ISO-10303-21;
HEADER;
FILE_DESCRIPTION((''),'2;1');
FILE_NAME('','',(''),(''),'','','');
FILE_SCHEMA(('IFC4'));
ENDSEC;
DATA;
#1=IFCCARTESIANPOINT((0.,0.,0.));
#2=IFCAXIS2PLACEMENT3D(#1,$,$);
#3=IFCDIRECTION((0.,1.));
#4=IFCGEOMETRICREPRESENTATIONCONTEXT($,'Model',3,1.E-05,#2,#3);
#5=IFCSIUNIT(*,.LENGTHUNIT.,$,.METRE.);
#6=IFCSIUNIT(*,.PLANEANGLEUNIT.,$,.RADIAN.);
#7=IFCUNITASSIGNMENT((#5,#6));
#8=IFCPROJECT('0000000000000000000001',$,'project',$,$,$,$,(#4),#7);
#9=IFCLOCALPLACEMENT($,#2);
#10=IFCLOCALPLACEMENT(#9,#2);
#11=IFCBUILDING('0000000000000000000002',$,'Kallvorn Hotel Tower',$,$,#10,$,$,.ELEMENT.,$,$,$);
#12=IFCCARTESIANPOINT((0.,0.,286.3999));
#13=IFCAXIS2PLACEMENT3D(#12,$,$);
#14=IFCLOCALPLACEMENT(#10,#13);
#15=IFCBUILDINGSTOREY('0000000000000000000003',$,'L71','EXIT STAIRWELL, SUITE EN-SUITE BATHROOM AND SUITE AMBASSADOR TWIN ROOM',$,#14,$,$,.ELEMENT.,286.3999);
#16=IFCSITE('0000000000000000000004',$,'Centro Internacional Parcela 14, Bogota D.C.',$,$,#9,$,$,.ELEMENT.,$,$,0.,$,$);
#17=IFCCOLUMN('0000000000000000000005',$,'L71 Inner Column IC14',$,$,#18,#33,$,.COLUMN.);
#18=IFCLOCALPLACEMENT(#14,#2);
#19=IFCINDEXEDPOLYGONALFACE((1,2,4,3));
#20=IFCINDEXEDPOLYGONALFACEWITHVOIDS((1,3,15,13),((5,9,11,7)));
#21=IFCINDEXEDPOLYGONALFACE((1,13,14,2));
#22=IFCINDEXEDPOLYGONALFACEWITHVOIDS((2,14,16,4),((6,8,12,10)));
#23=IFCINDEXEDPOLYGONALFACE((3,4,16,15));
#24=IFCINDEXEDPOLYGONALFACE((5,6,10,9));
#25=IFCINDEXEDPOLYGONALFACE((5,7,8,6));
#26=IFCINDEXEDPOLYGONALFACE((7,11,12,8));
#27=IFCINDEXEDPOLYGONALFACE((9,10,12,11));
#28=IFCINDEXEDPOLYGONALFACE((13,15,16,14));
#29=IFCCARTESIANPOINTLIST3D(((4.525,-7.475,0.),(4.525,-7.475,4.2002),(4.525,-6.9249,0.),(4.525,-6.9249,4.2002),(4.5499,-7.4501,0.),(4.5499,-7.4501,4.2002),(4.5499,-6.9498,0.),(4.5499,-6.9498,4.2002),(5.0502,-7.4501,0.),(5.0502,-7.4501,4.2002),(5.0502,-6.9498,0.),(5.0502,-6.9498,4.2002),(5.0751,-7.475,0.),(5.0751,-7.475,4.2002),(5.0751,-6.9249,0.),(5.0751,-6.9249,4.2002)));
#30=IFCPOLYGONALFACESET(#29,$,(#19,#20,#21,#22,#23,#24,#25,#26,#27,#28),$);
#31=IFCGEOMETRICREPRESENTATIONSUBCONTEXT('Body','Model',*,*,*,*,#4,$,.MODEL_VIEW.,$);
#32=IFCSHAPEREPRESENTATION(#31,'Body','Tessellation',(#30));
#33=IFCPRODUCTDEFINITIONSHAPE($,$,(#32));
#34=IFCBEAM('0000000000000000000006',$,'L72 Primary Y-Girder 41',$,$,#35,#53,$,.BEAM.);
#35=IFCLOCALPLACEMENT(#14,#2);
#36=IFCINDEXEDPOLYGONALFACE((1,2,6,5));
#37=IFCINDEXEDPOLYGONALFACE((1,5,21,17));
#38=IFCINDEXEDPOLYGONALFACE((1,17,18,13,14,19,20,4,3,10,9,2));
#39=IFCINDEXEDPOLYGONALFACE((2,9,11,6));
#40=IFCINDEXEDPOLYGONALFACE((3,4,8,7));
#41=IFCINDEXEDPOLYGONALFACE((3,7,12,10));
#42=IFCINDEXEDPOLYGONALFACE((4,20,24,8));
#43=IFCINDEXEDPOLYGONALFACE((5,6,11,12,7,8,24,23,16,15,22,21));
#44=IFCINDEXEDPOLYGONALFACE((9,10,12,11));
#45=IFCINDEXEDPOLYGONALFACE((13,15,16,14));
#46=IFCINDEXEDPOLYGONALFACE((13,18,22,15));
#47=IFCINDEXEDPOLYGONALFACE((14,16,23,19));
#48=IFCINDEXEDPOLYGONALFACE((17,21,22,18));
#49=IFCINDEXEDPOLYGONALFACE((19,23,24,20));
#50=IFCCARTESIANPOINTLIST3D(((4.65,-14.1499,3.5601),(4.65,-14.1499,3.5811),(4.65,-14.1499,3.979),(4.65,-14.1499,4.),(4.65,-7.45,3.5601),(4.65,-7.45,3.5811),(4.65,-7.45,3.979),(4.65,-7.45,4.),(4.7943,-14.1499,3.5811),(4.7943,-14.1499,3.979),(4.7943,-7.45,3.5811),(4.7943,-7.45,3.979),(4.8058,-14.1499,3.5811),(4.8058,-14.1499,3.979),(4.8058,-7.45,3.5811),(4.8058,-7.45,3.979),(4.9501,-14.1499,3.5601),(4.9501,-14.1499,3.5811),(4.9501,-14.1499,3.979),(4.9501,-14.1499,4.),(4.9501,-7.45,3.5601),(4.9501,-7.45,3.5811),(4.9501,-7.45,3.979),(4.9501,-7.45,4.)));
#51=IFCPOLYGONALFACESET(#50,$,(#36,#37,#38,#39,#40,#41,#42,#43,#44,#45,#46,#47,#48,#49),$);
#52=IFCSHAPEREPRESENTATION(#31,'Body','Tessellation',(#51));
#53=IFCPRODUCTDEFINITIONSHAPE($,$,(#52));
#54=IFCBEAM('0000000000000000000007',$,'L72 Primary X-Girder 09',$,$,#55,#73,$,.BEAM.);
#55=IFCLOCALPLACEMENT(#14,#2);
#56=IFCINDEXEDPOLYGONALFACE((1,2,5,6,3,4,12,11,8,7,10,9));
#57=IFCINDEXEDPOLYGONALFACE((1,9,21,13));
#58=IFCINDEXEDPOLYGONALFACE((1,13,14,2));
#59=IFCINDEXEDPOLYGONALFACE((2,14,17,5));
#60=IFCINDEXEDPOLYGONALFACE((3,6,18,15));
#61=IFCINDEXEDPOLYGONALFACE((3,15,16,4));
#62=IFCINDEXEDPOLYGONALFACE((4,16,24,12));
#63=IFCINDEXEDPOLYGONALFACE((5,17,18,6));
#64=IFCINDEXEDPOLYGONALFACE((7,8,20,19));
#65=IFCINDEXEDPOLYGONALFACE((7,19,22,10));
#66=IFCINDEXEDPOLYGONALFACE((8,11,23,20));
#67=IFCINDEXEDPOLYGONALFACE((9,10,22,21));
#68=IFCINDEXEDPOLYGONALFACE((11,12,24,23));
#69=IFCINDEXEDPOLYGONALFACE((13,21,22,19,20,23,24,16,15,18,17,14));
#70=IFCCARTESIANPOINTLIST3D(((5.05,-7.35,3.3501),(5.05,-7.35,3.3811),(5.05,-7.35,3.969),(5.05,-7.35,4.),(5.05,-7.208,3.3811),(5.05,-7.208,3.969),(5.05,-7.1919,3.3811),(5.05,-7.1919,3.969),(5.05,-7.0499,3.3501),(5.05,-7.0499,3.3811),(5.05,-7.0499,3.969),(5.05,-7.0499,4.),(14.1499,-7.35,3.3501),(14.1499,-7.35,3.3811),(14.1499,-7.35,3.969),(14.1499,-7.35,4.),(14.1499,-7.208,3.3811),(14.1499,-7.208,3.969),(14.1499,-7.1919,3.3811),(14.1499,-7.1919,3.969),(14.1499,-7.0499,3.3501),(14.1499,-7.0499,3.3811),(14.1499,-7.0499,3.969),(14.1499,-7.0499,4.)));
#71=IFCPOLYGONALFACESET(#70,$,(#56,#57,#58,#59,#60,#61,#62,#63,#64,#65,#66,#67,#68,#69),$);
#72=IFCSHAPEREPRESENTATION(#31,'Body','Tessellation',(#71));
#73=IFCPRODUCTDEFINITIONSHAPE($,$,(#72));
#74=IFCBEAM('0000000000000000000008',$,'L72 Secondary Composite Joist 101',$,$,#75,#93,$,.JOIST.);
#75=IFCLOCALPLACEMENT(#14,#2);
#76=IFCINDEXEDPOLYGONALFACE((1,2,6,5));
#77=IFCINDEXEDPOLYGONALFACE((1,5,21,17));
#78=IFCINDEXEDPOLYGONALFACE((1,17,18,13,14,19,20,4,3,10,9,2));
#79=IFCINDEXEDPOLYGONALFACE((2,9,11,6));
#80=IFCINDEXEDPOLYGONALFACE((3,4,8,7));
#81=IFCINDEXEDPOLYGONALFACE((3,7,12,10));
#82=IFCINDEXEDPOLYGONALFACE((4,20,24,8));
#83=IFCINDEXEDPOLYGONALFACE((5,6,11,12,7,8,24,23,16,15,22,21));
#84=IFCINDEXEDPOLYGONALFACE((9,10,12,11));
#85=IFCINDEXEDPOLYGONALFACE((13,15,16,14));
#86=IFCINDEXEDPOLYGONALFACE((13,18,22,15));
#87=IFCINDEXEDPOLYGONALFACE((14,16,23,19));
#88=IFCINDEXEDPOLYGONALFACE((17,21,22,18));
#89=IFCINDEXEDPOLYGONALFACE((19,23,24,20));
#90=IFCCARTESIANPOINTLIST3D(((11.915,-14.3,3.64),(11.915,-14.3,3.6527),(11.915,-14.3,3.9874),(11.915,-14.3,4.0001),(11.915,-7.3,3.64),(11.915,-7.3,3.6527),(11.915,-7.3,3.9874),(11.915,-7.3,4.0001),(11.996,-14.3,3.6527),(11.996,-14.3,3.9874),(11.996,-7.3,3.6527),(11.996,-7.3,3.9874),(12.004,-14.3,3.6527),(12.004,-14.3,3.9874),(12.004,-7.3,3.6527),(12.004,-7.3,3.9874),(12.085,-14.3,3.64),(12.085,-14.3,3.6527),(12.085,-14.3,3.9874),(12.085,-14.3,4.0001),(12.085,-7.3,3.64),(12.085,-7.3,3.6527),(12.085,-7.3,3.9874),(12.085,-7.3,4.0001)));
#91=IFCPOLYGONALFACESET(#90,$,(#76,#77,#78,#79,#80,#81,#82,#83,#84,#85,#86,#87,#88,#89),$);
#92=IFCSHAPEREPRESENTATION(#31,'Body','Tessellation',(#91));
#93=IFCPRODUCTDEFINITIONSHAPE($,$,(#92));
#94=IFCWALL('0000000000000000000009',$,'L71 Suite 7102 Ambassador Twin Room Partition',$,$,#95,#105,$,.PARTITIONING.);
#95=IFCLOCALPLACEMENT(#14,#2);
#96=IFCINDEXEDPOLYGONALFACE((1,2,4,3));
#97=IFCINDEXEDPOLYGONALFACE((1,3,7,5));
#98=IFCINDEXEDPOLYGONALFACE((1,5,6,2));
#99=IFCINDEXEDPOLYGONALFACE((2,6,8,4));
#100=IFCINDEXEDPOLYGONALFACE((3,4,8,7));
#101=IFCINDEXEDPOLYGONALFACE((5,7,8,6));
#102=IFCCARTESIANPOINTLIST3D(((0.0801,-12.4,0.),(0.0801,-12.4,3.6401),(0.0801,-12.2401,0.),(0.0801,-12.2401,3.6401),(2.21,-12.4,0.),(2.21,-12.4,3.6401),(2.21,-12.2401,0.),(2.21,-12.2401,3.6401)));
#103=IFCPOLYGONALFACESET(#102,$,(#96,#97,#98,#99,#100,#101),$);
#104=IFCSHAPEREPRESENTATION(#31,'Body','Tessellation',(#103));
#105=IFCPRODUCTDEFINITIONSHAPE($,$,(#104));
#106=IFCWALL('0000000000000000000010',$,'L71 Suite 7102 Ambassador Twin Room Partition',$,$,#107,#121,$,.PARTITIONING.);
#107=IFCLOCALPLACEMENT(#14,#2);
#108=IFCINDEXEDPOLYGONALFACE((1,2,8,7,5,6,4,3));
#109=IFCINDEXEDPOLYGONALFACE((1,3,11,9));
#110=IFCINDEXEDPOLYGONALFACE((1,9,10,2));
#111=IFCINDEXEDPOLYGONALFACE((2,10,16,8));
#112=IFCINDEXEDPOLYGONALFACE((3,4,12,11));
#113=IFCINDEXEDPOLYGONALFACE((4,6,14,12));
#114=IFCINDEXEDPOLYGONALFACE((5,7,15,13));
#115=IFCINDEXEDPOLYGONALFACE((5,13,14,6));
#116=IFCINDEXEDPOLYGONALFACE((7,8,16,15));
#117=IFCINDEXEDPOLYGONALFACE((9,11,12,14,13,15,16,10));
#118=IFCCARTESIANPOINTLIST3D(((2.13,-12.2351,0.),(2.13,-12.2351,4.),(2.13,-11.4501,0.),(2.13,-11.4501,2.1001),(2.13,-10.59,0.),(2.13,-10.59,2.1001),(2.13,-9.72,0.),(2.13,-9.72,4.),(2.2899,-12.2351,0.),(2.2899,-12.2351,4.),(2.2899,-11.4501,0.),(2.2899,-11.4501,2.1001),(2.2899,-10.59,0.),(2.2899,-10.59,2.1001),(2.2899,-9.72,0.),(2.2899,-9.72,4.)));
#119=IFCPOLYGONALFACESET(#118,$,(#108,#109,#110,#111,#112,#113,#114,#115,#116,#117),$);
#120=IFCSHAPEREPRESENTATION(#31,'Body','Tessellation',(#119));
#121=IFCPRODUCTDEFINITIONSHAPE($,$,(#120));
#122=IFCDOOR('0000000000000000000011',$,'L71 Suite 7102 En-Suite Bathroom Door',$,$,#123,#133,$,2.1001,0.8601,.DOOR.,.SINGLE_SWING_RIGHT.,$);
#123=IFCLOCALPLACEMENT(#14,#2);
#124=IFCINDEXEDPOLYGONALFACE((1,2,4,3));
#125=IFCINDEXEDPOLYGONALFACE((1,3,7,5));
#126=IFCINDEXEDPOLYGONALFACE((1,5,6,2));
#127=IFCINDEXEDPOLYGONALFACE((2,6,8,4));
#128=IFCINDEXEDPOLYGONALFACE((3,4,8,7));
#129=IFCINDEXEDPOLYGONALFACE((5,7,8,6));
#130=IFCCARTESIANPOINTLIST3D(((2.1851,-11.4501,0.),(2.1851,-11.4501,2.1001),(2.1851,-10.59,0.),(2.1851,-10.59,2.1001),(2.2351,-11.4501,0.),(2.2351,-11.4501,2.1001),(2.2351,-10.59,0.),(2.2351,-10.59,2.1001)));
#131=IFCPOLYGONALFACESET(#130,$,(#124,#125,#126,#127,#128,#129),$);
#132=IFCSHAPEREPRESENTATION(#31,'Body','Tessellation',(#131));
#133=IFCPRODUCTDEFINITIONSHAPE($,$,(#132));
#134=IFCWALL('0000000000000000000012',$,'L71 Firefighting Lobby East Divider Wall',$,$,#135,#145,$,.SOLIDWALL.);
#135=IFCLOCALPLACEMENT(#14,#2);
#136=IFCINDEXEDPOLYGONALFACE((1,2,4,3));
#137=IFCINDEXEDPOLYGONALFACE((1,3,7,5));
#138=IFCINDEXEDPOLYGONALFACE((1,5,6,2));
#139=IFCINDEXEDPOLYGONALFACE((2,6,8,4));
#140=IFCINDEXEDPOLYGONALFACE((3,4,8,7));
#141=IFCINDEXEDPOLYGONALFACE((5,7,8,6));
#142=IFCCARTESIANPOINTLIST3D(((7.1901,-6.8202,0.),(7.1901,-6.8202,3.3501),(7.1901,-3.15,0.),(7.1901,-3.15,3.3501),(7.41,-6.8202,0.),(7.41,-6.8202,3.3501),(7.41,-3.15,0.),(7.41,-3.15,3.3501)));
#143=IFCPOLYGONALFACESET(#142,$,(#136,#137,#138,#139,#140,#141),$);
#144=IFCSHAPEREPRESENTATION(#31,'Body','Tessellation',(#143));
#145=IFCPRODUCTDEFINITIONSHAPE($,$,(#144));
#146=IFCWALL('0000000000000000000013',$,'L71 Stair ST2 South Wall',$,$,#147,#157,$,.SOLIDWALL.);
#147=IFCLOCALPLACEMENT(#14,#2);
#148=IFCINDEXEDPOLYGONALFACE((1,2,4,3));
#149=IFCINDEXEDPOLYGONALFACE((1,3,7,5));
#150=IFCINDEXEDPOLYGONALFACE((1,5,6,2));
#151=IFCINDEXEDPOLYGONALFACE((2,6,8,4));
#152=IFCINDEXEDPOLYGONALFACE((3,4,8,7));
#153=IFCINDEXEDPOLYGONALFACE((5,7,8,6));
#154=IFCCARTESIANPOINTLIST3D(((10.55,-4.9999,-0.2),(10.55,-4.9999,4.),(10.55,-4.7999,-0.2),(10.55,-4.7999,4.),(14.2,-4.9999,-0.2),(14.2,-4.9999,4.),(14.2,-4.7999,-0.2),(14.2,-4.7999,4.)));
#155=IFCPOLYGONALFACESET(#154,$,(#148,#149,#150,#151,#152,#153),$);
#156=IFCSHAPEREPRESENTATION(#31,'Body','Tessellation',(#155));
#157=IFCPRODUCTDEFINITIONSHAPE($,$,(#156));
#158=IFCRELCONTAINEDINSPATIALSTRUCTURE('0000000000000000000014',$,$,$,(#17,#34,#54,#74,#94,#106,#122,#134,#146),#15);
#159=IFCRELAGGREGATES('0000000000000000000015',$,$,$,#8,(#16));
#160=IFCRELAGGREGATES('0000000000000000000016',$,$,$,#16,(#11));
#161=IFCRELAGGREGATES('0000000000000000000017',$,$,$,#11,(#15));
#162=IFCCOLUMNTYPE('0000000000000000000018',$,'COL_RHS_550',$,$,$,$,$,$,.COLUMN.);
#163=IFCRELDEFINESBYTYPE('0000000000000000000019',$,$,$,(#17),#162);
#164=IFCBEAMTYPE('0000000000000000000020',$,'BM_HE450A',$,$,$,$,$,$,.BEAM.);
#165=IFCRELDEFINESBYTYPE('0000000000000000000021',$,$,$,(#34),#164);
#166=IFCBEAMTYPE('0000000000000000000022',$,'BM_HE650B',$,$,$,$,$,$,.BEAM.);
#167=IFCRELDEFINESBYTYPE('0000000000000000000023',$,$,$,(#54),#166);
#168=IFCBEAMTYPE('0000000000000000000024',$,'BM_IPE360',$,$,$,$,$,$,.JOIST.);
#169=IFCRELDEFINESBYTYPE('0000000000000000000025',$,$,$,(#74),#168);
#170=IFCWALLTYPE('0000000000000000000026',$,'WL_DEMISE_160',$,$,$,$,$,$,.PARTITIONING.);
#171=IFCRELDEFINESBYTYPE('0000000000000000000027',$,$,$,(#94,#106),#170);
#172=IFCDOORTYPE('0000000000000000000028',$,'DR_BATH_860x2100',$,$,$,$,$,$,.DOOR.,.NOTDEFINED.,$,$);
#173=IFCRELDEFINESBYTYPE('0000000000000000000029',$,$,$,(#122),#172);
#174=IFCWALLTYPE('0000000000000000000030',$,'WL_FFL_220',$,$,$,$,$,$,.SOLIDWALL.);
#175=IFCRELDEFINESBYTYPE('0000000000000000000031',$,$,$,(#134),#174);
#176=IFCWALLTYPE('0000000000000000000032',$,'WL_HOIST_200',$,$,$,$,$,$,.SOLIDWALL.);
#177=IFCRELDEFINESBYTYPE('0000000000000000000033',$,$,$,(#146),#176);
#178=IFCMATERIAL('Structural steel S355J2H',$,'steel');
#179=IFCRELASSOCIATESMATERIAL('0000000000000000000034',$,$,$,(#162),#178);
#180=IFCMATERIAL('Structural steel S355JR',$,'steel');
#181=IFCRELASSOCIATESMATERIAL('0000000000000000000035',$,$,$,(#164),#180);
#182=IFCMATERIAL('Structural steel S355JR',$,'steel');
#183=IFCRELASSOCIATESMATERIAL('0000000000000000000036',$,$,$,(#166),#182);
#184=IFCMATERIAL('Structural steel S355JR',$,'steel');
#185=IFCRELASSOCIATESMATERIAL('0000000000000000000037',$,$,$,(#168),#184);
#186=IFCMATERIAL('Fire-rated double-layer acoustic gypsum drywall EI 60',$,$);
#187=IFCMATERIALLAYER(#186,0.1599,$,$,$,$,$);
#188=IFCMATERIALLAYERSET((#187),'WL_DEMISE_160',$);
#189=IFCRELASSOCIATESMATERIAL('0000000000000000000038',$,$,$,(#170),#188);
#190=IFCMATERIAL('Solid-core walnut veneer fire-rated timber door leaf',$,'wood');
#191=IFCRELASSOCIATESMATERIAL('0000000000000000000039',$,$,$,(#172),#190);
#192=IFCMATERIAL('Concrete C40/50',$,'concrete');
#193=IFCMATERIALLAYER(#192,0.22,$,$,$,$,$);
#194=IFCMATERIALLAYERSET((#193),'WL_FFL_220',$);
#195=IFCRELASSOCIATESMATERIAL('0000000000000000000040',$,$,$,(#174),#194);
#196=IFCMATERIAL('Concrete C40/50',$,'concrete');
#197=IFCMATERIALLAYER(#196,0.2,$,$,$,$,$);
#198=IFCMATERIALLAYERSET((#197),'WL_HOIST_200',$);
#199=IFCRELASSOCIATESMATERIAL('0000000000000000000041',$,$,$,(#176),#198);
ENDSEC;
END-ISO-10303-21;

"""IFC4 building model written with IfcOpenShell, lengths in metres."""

from ifc_helpers import new_model, si_unit, direction, frame, frame_2d, origin, origin_2d, place, context, subcontext, project, spatial, rectangle, hollow_rectangle, i_section, extrude, material, layer, layer_set, material_profile, profile_set, type_object, element, fill, save


model = new_model("IFC4")

# Units and contexts
model_context = context("Model", 3, precision=1e-05, world=origin(), true_north=direction((0.0, 1.0)))
body_context = subcontext(model_context, "Body", "Model", "MODEL_VIEW")
ifc_project = project(units=[si_unit("LENGTHUNIT", "METRE"), si_unit("PLANEANGLEUNIT", "RADIAN")], contexts=[model_context])

# Site, building, storey
site_placement = place(None, origin())
site = spatial("IfcSite", under=ifc_project, at=site_placement, Name="Centro Internacional Parcela 14, Bogota D.C.", CompositionType="ELEMENT", RefElevation=0.0)
building_placement = place(site_placement, origin())
building = spatial("IfcBuilding", under=site, at=building_placement, Name="Kallvorn Hotel Tower", CompositionType="ELEMENT")
storey_placement = place(building_placement, frame((0.0, 0.0, 286.3999)))
storey = spatial("IfcBuildingStorey", under=building, at=storey_placement, Name="L71", Description="EXIT STAIRWELL, SUITE EN-SUITE BATHROOM AND SUITE AMBASSADOR TWIN ROOM", CompositionType="ELEMENT", Elevation=286.3999)

# Column
ifc_material_1 = material(Name="Structural steel S355J2H", Category="steel")
ifc_material_profile_1 = material_profile(ifc_material_1, hollow_rectangle(XDim=0.55, YDim=0.55, WallThickness=0.0249, at=origin_2d()), Name="RHS 550x550x25")
ifc_profile_set_1 = profile_set([ifc_material_profile_1], Name="Structural steel S355J2H")
column_type = type_object("IfcColumnType", Name="COL_RHS_550", PredefinedType="COLUMN", material=ifc_profile_set_1)
column_placement = place(storey_placement, frame((4.8, -7.2, 0.0), z_axis=(0.0, 0.0, 1.0), x_axis=(1.0, 0.0, 0.0)))
element("IfcColumn", 1, at=column_placement, inside=storey, type_object=column_type, Name="L71 Inner Column IC14", PredefinedType="COLUMN", context=body_context, shape_type="SweptSolid", body=[
    extrude(hollow_rectangle(XDim=0.55, YDim=0.55, WallThickness=0.0249, at=origin_2d()), origin(), (0.0, 0.0, 1.0), 4.2002),
])

# Beams
ifc_material_2 = material(Name="Structural steel S355JR", Category="steel")
ifc_material_profile_2 = material_profile(ifc_material_2, i_section(OverallWidth=0.3, OverallDepth=0.4399, WebThickness=0.0115, FlangeThickness=0.021, at=origin_2d()), Name="HE 450 A")
ifc_profile_set_2 = profile_set([ifc_material_profile_2], Name="Structural steel S355JR")
beam_type_1 = type_object("IfcBeamType", Name="BM_HE450A", PredefinedType="BEAM", material=ifc_profile_set_2)
beam_1_placement = place(storey_placement, frame((4.8, -14.1499, 3.78), z_axis=(0.0, 1.0, 0.0), x_axis=(-1.0, 0.0, 0.0)))
element("IfcBeam", 2, at=beam_1_placement, inside=storey, type_object=beam_type_1, Name="L72 Primary Y-Girder 41", PredefinedType="BEAM", context=body_context, shape_type="SweptSolid", body=[
    extrude(i_section(OverallWidth=0.3, OverallDepth=0.4399, WebThickness=0.0115, FlangeThickness=0.021, at=origin_2d()), origin(), (0.0, 0.0, 1.0), 6.7),
])
ifc_material_3 = material(Name="Structural steel S355JR", Category="steel")
ifc_material_profile_3 = material_profile(ifc_material_3, i_section(OverallWidth=0.3, OverallDepth=0.6499, WebThickness=0.0161, FlangeThickness=0.031, at=origin_2d()), Name="HE 650 B")
ifc_profile_set_3 = profile_set([ifc_material_profile_3], Name="Structural steel S355JR")
beam_type_2 = type_object("IfcBeamType", Name="BM_HE650B", PredefinedType="BEAM", material=ifc_profile_set_3)
beam_2_placement = place(storey_placement, frame((5.05, -7.2, 3.675), z_axis=(1.0, 0.0, 0.0), x_axis=(0.0, 1.0, 0.0)))
element("IfcBeam", 3, at=beam_2_placement, inside=storey, type_object=beam_type_2, Name="L72 Primary X-Girder 09", PredefinedType="BEAM", context=body_context, shape_type="SweptSolid", body=[
    extrude(i_section(OverallWidth=0.3, OverallDepth=0.6499, WebThickness=0.0161, FlangeThickness=0.031, at=origin_2d()), origin(), (0.0, 0.0, 1.0), 9.0999),
])
ifc_material_4 = material(Name="Structural steel S355JR", Category="steel")
ifc_material_profile_4 = material_profile(ifc_material_4, i_section(OverallWidth=0.1699, OverallDepth=0.3601, WebThickness=0.0081, FlangeThickness=0.0127, at=origin_2d()), Name="IPE 360")
ifc_profile_set_4 = profile_set([ifc_material_profile_4], Name="Structural steel S355JR")
beam_type_3 = type_object("IfcBeamType", Name="BM_IPE360", PredefinedType="JOIST", material=ifc_profile_set_4)
beam_3_placement = place(storey_placement, frame((12.0, -14.3, 3.8201), z_axis=(0.0, 1.0, 0.0), x_axis=(-1.0, 0.0, 0.0)))
element("IfcBeam", 4, at=beam_3_placement, inside=storey, type_object=beam_type_3, Name="L72 Secondary Composite Joist 101", PredefinedType="JOIST", context=body_context, shape_type="SweptSolid", body=[
    extrude(i_section(OverallWidth=0.1699, OverallDepth=0.3601, WebThickness=0.0081, FlangeThickness=0.0127, at=origin_2d()), origin(), (0.0, 0.0, 1.0), 7.0),
])

# Wall
ifc_material_5 = material(Name="Fire-rated double-layer acoustic gypsum drywall EI 60")
ifc_layer_1 = layer(ifc_material_5, 0.1599)
ifc_layer_set_1 = layer_set([ifc_layer_1], Name="WL_DEMISE_160")
wall_type_1 = type_object("IfcWallType", Name="WL_DEMISE_160", PredefinedType="PARTITIONING", material=ifc_layer_set_1)
wall_1_placement = place(storey_placement, frame((0.0801, -12.3201, 0.0), z_axis=(0.0, 0.0, 1.0), x_axis=(1.0, 0.0, 0.0)))
element("IfcWall", 5, at=wall_1_placement, inside=storey, type_object=wall_type_1, Name="L71 Suite 7102 Ambassador Twin Room Partition", PredefinedType="PARTITIONING", context=body_context, shape_type="SweptSolid", body=[
    extrude(rectangle(XDim=2.1299, YDim=0.1599, at=frame_2d((1.0649, 0.0))), origin(), (0.0, 0.0, 1.0), 3.6401),
])

# Wall, opening, door
wall_2_placement = place(storey_placement, frame((2.21, -12.2351, 0.0), z_axis=(0.0, 0.0, 1.0), x_axis=(0.0, 1.0, 0.0)))
wall_2 = element("IfcWall", 6, at=wall_2_placement, inside=storey, type_object=wall_type_1, Name="L71 Suite 7102 Ambassador Twin Room Partition", PredefinedType="PARTITIONING", context=body_context, shape_type="SweptSolid", body=[
    extrude(rectangle(XDim=2.5151, YDim=0.1599, at=frame_2d((1.2576, 0.0))), origin(), (0.0, 0.0, 1.0), 4.0),
])
opening_1_placement = place(wall_2_placement, frame((0.7849, 0.0, 0.0)))
opening_1 = element("IfcOpeningElement", 7, at=opening_1_placement, cuts=wall_2, PredefinedType="OPENING", context=body_context, shape_type="SweptSolid", body=[
    extrude(rectangle(XDim=0.8601, YDim=2.1001, at=frame_2d((0.4302, 1.05))), frame((0.0, 0.095, 0.0), z_axis=(0.0, -1.0, 0.0), x_axis=(1.0, 0.0, 0.0)), (0.0, 0.0, 1.0), 0.1899),
])
ifc_material_6 = material(Name="Solid-core walnut veneer fire-rated timber door leaf", Category="wood")
door_type_1 = type_object("IfcDoorType", Name="DR_BATH_860x2100", OperationType="NOTDEFINED", PredefinedType="DOOR", material=ifc_material_6)
door_1_placement = place(opening_1_placement, origin())
door_1 = element("IfcDoor", 8, at=door_1_placement, inside=storey, type_object=door_type_1, Name="L71 Suite 7102 En-Suite Bathroom Door", OperationType="SINGLE_SWING_RIGHT", OverallHeight=2.1001, OverallWidth=0.8601, PredefinedType="DOOR", context=body_context, shape_type="SweptSolid", body=[
    extrude(rectangle(XDim=0.8601, YDim=2.1001, at=frame_2d((0.4302, 1.05))), frame((0.0, 0.0249, 0.0), z_axis=(0.0, -1.0, 0.0), x_axis=(1.0, 0.0, 0.0)), (0.0, 0.0, 1.0), 0.05),
])
fill(opening_1, door_1)

# Walls
ifc_material_7 = material(Name="Concrete C40/50", Category="concrete")
ifc_layer_2 = layer(ifc_material_7, 0.22)
ifc_layer_set_2 = layer_set([ifc_layer_2], Name="WL_FFL_220")
wall_type_2 = type_object("IfcWallType", Name="WL_FFL_220", PredefinedType="SOLIDWALL", material=ifc_layer_set_2)
wall_3_placement = place(storey_placement, frame((7.3, -6.8201, 0.0), z_axis=(0.0, 0.0, 1.0), x_axis=(0.0, 1.0, 0.0)))
element("IfcWall", 9, at=wall_3_placement, inside=storey, type_object=wall_type_2, Name="L71 Firefighting Lobby East Divider Wall", PredefinedType="SOLIDWALL", context=body_context, shape_type="SweptSolid", body=[
    extrude(rectangle(XDim=3.6702, YDim=0.22, at=frame_2d((1.835, 0.0))), origin(), (0.0, 0.0, 1.0), 3.3501),
])
ifc_material_8 = material(Name="Concrete C40/50", Category="concrete")
ifc_layer_3 = layer(ifc_material_8, 0.2)
ifc_layer_set_3 = layer_set([ifc_layer_3], Name="WL_HOIST_200")
wall_type_3 = type_object("IfcWallType", Name="WL_HOIST_200", PredefinedType="SOLIDWALL", material=ifc_layer_set_3)
wall_4_placement = place(storey_placement, frame((10.55, -4.8999, -0.2), z_axis=(0.0, 0.0, 1.0), x_axis=(1.0, 0.0, 0.0)))
element("IfcWall", 10, at=wall_4_placement, inside=storey, type_object=wall_type_3, Name="L71 Stair ST2 South Wall", PredefinedType="SOLIDWALL", context=body_context, shape_type="SweptSolid", body=[
    extrude(rectangle(XDim=3.6499, YDim=0.2, at=frame_2d((1.825, 0.0))), origin(), (0.0, 0.0, 1.0), 4.2),
])

save(model, "model.ifc")
